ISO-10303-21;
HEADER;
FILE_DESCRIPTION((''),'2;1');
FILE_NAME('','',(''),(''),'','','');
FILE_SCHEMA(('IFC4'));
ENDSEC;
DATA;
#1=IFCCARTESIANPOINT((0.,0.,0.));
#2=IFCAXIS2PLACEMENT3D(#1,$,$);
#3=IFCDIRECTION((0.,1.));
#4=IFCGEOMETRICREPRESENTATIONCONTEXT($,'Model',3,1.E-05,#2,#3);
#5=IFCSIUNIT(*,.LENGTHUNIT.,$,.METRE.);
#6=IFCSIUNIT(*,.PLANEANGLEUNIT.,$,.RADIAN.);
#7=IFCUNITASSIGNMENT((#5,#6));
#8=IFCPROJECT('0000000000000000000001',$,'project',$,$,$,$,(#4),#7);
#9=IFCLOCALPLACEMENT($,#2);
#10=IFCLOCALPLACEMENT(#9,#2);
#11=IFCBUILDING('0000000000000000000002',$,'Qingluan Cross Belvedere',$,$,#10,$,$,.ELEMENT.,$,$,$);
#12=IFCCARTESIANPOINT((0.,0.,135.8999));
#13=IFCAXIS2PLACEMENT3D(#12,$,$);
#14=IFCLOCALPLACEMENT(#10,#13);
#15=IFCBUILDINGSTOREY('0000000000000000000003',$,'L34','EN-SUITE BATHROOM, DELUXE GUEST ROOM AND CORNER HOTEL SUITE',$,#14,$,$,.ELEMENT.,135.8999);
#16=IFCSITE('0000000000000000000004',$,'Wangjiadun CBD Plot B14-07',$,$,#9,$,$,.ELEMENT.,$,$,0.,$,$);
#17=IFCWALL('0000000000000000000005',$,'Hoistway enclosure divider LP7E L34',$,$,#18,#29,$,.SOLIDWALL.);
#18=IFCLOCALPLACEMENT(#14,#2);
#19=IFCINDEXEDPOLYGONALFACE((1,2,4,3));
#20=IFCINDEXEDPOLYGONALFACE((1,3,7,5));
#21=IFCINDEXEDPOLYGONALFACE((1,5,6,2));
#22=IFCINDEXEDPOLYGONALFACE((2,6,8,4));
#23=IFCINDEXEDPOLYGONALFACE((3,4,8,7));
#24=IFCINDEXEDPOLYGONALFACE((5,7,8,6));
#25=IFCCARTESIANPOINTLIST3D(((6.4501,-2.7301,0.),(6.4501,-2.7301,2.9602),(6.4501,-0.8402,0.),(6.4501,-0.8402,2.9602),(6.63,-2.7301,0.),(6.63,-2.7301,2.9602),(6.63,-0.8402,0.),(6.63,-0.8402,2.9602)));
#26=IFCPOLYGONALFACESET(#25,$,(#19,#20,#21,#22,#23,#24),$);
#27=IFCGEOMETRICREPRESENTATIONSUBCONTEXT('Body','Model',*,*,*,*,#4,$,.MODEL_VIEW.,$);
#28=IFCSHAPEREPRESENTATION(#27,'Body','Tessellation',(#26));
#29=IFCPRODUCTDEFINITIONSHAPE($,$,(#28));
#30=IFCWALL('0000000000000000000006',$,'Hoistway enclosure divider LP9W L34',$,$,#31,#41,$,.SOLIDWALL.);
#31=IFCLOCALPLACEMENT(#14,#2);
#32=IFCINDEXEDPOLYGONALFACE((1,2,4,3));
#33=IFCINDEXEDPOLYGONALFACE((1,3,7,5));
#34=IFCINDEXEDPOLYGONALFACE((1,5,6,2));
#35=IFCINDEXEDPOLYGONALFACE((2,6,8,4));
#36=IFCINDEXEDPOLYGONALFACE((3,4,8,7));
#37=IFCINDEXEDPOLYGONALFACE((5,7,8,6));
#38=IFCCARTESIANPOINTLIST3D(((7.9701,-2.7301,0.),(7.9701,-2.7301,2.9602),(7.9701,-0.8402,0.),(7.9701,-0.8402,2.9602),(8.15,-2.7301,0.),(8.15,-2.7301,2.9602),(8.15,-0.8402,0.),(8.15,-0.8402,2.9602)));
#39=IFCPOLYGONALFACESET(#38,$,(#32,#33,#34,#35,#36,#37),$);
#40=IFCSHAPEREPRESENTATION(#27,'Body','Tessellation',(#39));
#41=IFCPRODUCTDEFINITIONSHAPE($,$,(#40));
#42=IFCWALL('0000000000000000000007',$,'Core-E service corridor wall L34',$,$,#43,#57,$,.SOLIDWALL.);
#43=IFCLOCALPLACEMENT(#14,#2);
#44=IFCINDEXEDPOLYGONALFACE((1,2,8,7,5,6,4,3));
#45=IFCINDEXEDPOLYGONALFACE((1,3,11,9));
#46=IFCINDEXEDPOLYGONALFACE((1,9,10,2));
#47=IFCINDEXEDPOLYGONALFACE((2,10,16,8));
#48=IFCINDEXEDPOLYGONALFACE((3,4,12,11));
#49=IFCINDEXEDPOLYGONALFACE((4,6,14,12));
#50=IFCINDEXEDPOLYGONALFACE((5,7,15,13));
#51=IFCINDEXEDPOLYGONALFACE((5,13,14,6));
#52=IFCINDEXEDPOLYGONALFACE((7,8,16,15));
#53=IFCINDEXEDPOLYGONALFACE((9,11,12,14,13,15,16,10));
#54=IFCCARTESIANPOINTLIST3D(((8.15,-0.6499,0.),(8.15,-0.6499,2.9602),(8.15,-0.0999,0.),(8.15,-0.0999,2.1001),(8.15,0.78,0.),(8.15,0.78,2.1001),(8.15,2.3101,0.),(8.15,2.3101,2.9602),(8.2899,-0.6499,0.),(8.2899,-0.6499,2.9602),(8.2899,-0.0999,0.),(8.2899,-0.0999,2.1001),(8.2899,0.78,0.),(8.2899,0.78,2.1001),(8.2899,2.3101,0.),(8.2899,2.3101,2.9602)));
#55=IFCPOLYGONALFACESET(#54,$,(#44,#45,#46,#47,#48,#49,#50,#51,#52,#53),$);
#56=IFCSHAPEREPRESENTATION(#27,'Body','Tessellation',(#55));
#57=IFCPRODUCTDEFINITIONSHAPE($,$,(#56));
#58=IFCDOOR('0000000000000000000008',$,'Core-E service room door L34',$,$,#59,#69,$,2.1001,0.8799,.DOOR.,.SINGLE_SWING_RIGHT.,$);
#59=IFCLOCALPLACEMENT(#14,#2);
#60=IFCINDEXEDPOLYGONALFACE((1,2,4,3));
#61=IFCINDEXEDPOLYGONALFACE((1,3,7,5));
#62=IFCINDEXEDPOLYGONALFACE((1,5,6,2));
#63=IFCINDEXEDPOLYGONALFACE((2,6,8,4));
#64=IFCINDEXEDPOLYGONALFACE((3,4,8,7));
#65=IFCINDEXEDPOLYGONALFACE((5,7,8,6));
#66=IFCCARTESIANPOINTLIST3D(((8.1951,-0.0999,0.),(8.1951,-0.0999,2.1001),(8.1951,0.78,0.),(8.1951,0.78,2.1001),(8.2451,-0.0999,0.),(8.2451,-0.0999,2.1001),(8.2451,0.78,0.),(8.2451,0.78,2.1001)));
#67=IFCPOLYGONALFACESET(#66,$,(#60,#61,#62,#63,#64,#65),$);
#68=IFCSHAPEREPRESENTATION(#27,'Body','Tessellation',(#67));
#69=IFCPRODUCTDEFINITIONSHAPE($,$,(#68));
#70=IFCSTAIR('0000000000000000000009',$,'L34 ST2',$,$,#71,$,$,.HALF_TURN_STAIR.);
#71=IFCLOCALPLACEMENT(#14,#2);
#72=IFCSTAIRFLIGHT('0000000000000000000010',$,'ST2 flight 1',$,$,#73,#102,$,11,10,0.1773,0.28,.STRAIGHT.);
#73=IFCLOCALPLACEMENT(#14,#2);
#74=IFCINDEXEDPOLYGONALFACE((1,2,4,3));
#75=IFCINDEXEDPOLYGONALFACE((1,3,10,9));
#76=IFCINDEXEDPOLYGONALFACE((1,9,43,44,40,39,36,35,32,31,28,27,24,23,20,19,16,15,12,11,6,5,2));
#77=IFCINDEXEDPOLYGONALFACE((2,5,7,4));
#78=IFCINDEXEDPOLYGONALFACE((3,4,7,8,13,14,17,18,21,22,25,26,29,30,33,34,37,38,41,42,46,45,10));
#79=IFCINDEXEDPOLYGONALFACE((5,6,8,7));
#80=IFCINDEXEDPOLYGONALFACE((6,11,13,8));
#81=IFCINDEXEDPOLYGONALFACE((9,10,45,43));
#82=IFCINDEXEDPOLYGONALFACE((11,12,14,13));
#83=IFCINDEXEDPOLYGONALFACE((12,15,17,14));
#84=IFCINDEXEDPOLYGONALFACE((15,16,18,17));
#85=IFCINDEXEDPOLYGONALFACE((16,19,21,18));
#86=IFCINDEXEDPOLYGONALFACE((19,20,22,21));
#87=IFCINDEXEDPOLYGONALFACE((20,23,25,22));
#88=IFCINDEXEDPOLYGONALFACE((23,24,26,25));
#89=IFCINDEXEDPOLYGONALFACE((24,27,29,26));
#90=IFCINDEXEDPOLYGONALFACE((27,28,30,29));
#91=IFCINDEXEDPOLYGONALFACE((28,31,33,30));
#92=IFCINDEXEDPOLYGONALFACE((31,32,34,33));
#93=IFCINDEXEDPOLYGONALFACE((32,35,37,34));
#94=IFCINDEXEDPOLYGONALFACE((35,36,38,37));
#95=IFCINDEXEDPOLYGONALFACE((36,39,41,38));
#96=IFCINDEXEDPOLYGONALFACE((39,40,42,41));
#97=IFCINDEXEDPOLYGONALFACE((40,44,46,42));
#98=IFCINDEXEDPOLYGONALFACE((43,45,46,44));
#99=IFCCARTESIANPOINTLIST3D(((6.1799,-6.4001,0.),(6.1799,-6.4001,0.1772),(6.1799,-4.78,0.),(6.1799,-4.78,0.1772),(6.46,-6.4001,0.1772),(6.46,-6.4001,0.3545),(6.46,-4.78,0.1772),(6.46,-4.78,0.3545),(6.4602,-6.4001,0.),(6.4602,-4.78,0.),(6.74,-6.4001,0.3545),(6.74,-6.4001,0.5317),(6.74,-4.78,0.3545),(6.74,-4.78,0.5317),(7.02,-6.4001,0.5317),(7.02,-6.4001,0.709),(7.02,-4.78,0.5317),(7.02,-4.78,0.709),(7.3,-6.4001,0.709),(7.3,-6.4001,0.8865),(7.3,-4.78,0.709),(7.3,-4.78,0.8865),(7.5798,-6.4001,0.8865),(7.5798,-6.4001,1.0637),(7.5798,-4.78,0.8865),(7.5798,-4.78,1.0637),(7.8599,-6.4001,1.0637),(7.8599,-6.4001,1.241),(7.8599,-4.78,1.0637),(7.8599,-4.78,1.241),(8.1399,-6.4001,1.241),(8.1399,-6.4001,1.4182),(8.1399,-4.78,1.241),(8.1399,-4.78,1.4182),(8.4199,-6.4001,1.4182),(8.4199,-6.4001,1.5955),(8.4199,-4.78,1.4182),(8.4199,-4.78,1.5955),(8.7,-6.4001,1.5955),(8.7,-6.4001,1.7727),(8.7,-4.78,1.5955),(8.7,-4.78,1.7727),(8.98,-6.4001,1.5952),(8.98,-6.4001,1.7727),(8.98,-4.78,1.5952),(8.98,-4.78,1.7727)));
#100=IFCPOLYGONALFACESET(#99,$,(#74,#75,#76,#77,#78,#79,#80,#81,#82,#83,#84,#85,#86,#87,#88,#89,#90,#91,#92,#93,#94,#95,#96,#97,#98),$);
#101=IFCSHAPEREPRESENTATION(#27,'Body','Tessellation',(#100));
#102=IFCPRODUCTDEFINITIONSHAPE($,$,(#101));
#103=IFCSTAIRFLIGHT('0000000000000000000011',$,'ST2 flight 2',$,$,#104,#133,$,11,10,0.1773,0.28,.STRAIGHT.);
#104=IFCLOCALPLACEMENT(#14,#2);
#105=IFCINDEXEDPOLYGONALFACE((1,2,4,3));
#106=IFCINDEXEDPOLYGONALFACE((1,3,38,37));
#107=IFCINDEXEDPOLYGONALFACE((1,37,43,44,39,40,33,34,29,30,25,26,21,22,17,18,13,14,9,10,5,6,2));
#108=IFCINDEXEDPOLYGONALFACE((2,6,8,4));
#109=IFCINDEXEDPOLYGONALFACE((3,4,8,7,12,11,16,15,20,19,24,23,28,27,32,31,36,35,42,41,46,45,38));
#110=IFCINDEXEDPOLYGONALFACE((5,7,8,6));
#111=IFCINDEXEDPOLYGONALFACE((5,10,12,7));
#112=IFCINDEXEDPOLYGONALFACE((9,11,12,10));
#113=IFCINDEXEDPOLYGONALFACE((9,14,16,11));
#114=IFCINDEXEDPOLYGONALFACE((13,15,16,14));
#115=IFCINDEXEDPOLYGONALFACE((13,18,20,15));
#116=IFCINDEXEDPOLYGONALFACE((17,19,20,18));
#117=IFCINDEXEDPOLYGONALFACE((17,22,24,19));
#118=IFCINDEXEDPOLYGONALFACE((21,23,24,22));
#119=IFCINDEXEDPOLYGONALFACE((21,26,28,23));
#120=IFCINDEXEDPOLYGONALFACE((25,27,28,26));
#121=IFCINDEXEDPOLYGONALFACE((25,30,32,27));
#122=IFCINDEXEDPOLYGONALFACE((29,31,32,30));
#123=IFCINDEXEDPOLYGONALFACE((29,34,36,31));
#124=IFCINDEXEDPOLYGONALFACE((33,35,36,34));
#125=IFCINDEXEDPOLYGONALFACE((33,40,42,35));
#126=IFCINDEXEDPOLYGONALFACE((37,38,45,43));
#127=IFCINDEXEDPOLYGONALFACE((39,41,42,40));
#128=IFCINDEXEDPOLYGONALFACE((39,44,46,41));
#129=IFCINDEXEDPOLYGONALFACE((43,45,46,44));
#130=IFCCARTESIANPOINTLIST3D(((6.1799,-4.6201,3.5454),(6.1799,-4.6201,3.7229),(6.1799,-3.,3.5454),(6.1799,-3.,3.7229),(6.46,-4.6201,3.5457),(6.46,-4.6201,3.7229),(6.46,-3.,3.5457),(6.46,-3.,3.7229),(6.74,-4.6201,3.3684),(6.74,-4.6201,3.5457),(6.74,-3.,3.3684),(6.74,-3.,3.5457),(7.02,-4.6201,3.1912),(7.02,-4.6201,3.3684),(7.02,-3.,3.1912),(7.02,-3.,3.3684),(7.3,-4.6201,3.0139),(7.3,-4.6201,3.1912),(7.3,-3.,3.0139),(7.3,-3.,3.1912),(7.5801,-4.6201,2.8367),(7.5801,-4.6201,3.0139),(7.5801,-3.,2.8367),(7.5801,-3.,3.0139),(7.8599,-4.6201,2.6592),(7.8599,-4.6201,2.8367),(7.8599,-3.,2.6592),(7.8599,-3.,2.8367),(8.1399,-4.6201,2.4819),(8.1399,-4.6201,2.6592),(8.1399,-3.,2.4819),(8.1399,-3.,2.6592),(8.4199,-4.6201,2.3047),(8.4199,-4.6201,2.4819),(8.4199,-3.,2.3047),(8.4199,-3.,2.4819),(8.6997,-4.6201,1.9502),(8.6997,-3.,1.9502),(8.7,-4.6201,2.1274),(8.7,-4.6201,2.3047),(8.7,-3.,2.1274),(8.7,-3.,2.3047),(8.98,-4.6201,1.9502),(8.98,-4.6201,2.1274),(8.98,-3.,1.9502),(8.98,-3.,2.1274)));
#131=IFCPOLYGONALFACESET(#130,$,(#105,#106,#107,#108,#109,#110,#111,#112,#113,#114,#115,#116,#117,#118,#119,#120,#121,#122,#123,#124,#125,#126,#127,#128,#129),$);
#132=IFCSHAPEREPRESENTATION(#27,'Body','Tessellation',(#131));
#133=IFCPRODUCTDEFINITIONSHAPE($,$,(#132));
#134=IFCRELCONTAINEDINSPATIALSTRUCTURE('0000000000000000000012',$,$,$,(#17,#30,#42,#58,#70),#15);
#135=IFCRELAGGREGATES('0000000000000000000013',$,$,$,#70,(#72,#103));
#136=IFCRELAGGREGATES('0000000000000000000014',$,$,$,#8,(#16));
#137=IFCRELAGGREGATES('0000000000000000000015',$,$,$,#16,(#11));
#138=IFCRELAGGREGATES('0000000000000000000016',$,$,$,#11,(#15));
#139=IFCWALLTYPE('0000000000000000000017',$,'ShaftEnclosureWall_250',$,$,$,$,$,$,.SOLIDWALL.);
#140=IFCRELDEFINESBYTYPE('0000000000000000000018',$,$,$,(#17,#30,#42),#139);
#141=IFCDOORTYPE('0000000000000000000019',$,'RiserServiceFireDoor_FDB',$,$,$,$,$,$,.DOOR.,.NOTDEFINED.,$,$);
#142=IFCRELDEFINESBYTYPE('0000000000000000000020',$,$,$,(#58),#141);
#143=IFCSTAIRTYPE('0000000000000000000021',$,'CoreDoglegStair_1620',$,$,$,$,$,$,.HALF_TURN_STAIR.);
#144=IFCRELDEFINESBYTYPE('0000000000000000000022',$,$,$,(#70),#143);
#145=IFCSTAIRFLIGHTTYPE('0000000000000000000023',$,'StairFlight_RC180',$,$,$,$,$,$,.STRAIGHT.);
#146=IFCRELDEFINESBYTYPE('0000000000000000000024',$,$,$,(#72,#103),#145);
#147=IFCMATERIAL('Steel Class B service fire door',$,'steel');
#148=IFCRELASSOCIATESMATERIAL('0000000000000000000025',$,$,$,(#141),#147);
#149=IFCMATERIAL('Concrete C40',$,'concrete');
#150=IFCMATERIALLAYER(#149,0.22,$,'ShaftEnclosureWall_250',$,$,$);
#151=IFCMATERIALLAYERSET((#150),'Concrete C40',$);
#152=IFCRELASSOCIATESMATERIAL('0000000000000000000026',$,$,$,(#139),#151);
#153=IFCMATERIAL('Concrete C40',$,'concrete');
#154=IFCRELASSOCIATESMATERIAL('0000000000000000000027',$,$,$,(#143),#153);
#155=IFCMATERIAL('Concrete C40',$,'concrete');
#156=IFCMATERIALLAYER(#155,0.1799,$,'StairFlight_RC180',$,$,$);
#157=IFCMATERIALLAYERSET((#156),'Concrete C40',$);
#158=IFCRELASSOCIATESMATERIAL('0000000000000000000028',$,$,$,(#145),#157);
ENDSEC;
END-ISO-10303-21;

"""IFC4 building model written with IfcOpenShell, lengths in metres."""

from ifc_helpers import new_model, si_unit, direction, frame, frame_2d, origin, place, context, subcontext, project, spatial, polyline, rectangle, outline, extrude, material, layer, layer_set, type_object, element, fill, aggregate, save


model = new_model("IFC4")

# Units and contexts
model_context = context("Model", 3, precision=1e-05, world=origin(), true_north=direction((0.0, 1.0)))
body_context = subcontext(model_context, "Body", "Model", "MODEL_VIEW")
ifc_project = project(units=[si_unit("LENGTHUNIT", "METRE"), si_unit("PLANEANGLEUNIT", "RADIAN")], contexts=[model_context])

# Site, building, storey
site_placement = place(None, origin())
site = spatial("IfcSite", under=ifc_project, at=site_placement, Name="Wangjiadun CBD Plot B14-07", CompositionType="ELEMENT", RefElevation=0.0)
building_placement = place(site_placement, origin())
building = spatial("IfcBuilding", under=site, at=building_placement, Name="Qingluan Cross Belvedere", CompositionType="ELEMENT")
storey_placement = place(building_placement, frame((0.0, 0.0, 135.8999)))
storey = spatial("IfcBuildingStorey", under=building, at=storey_placement, Name="L34", Description="EN-SUITE BATHROOM, DELUXE GUEST ROOM AND CORNER HOTEL SUITE", CompositionType="ELEMENT", Elevation=135.8999)

# Shared definitions
ifc_material_1 = material(Name="Steel Class B service fire door", Category="steel")
door_type_1 = type_object("IfcDoorType", Name="RiserServiceFireDoor_FDB", OperationType="NOTDEFINED", PredefinedType="DOOR", material=ifc_material_1)
ifc_material_2 = material(Name="Concrete C40", Category="concrete")
ifc_layer_1 = layer(ifc_material_2, 0.22, Name="ShaftEnclosureWall_250")
ifc_layer_set_1 = layer_set([ifc_layer_1], Name="Concrete C40")
wall_type_1 = type_object("IfcWallType", Name="ShaftEnclosureWall_250", PredefinedType="SOLIDWALL", material=ifc_layer_set_1)

# Walls
for number, where, z_axis, x_axis, name in (
    (1, (6.54, -2.73, 0.0), (0.0, 0.0, 1.0), (0.0, 1.0, 0.0), "Hoistway enclosure divider LP7E L34"),
    (2, (8.0601, -2.73, 0.0), (0.0, 0.0, 1.0), (0.0, 1.0, 0.0), "Hoistway enclosure divider LP9W L34"),
):
    element("IfcWall", number, at=place(storey_placement, frame(where, z_axis=z_axis, x_axis=x_axis)), inside=storey, type_object=wall_type_1, Name=name, PredefinedType="SOLIDWALL", context=body_context, shape_type="SweptSolid", body=[
        extrude(rectangle(XDim=1.8899, YDim=0.1799, at=frame_2d((0.9448, 0.0))), origin(), (0.0, 0.0, 1.0), 2.9602),
    ])

# Wall, opening, door
wall_1_placement = place(storey_placement, frame((8.22, -0.6499, 0.0), z_axis=(0.0, 0.0, 1.0), x_axis=(0.0, 1.0, 0.0)))
wall_1 = element("IfcWall", 3, at=wall_1_placement, inside=storey, type_object=wall_type_1, Name="Core-E service corridor wall L34", PredefinedType="SOLIDWALL", context=body_context, shape_type="SweptSolid", body=[
    extrude(rectangle(XDim=2.96, YDim=0.1399, at=frame_2d((1.48, 0.0))), origin(), (0.0, 0.0, 1.0), 2.9602),
])
opening_1_placement = place(wall_1_placement, frame((0.55, 0.0, 0.0)))
opening_1 = element("IfcOpeningElement", 4, at=opening_1_placement, cuts=wall_1, PredefinedType="OPENING", context=body_context, shape_type="SweptSolid", body=[
    extrude(rectangle(XDim=0.8799, YDim=2.1001, at=frame_2d((0.4399, 1.05))), frame((0.0, 0.0798, 0.0), z_axis=(0.0, -1.0, 0.0), x_axis=(1.0, 0.0, 0.0)), (0.0, 0.0, 1.0), 0.1599),
])
door_1_placement = place(opening_1_placement, origin())
door_1 = element("IfcDoor", 5, at=door_1_placement, inside=storey, type_object=door_type_1, Name="Core-E service room door L34", OperationType="SINGLE_SWING_RIGHT", OverallHeight=2.1001, OverallWidth=0.8799, PredefinedType="DOOR", context=body_context, shape_type="SweptSolid", body=[
    extrude(rectangle(XDim=0.8799, YDim=2.1001, at=frame_2d((0.4399, 1.05))), frame((0.0, 0.0249, 0.0), z_axis=(0.0, -1.0, 0.0), x_axis=(1.0, 0.0, 0.0)), (0.0, 0.0, 1.0), 0.05),
])
fill(opening_1, door_1)

# Stair, stair flights
ifc_material_3 = material(Name="Concrete C40", Category="concrete")
stair_type = type_object("IfcStairType", Name="CoreDoglegStair_1620", PredefinedType="HALF_TURN_STAIR", material=ifc_material_3)
stair_placement = place(storey_placement, origin())
stair = element("IfcStair", 6, at=stair_placement, inside=storey, type_object=stair_type, Name="L34 ST2", PredefinedType="HALF_TURN_STAIR")
ifc_material_4 = material(Name="Concrete C40", Category="concrete")
ifc_layer_2 = layer(ifc_material_4, 0.1799, Name="StairFlight_RC180")
ifc_layer_set_2 = layer_set([ifc_layer_2], Name="Concrete C40")
stair_flight_type = type_object("IfcStairFlightType", Name="StairFlight_RC180", PredefinedType="STRAIGHT", material=ifc_layer_set_2)
stair_flight_1_placement = place(storey_placement, frame((6.1799, -5.5901, 0.0), z_axis=(0.0, 0.0, 1.0), x_axis=(1.0, 0.0, 0.0)))
stair_flight_1 = element("IfcStairFlight", 7, at=stair_flight_1_placement, type_object=stair_flight_type, Name="ST2 flight 1", NumberOfRisers=11, NumberOfTreads=10, PredefinedType="STRAIGHT", RiserHeight=0.1773, TreadLength=0.28, context=body_context, shape_type="SweptSolid", body=[
    extrude(outline(polyline([(0.0, 0.0), (0.0, 0.1772), (0.28, 0.1772), (0.28, 0.3545), (0.5601, 0.3545), (0.5601, 0.5317), (0.8401, 0.5317), (0.8401, 0.709), (1.1201, 0.709), (1.1201, 0.8865), (1.3999, 0.8865), (1.3999, 1.0637), (1.6799, 1.0637), (1.6799, 1.241), (1.96, 1.241), (1.96, 1.4182), (2.24, 1.4182), (2.24, 1.5955), (2.52, 1.5955), (2.52, 1.7727), (2.8, 1.7727), (2.8, 1.95), (2.8, 1.5952), (0.2803, 0.0), (0.0, 0.0)])), frame((0.0, 0.8101, 0.0), z_axis=(0.0, -1.0, 0.0), x_axis=(1.0, 0.0, 0.0)), (0.0, 0.0, 1.0), 1.6201),
])
stair_flight_2_placement = place(storey_placement, frame((8.98, -3.8101, 1.9502), z_axis=(0.0, 0.0, 1.0), x_axis=(-1.0, 0.0, 0.0)))
stair_flight_2 = element("IfcStairFlight", 8, at=stair_flight_2_placement, type_object=stair_flight_type, Name="ST2 flight 2", NumberOfRisers=11, NumberOfTreads=10, PredefinedType="STRAIGHT", RiserHeight=0.1773, TreadLength=0.28, context=body_context, shape_type="SweptSolid", body=[
    extrude(outline(polyline([(0.0, 0.0), (0.0, 0.1772), (0.28, 0.1772), (0.28, 0.3545), (0.5601, 0.3545), (0.5601, 0.5317), (0.8401, 0.5317), (0.8401, 0.709), (1.1201, 0.709), (1.1201, 0.8865), (1.3999, 0.8865), (1.3999, 1.0637), (1.6799, 1.0637), (1.6799, 1.241), (1.96, 1.241), (1.96, 1.4182), (2.24, 1.4182), (2.24, 1.5955), (2.52, 1.5955), (2.52, 1.7727), (2.8, 1.7727), (2.8, 1.95), (2.8, 1.5952), (0.2803, 0.0), (0.0, 0.0)])), frame((0.0, 0.8101, 0.0), z_axis=(0.0, -1.0, 0.0), x_axis=(1.0, 0.0, 0.0)), (0.0, 0.0, 1.0), 1.6201),
])
aggregate(stair, [stair_flight_1, stair_flight_2])

save(model, "model.ifc")
